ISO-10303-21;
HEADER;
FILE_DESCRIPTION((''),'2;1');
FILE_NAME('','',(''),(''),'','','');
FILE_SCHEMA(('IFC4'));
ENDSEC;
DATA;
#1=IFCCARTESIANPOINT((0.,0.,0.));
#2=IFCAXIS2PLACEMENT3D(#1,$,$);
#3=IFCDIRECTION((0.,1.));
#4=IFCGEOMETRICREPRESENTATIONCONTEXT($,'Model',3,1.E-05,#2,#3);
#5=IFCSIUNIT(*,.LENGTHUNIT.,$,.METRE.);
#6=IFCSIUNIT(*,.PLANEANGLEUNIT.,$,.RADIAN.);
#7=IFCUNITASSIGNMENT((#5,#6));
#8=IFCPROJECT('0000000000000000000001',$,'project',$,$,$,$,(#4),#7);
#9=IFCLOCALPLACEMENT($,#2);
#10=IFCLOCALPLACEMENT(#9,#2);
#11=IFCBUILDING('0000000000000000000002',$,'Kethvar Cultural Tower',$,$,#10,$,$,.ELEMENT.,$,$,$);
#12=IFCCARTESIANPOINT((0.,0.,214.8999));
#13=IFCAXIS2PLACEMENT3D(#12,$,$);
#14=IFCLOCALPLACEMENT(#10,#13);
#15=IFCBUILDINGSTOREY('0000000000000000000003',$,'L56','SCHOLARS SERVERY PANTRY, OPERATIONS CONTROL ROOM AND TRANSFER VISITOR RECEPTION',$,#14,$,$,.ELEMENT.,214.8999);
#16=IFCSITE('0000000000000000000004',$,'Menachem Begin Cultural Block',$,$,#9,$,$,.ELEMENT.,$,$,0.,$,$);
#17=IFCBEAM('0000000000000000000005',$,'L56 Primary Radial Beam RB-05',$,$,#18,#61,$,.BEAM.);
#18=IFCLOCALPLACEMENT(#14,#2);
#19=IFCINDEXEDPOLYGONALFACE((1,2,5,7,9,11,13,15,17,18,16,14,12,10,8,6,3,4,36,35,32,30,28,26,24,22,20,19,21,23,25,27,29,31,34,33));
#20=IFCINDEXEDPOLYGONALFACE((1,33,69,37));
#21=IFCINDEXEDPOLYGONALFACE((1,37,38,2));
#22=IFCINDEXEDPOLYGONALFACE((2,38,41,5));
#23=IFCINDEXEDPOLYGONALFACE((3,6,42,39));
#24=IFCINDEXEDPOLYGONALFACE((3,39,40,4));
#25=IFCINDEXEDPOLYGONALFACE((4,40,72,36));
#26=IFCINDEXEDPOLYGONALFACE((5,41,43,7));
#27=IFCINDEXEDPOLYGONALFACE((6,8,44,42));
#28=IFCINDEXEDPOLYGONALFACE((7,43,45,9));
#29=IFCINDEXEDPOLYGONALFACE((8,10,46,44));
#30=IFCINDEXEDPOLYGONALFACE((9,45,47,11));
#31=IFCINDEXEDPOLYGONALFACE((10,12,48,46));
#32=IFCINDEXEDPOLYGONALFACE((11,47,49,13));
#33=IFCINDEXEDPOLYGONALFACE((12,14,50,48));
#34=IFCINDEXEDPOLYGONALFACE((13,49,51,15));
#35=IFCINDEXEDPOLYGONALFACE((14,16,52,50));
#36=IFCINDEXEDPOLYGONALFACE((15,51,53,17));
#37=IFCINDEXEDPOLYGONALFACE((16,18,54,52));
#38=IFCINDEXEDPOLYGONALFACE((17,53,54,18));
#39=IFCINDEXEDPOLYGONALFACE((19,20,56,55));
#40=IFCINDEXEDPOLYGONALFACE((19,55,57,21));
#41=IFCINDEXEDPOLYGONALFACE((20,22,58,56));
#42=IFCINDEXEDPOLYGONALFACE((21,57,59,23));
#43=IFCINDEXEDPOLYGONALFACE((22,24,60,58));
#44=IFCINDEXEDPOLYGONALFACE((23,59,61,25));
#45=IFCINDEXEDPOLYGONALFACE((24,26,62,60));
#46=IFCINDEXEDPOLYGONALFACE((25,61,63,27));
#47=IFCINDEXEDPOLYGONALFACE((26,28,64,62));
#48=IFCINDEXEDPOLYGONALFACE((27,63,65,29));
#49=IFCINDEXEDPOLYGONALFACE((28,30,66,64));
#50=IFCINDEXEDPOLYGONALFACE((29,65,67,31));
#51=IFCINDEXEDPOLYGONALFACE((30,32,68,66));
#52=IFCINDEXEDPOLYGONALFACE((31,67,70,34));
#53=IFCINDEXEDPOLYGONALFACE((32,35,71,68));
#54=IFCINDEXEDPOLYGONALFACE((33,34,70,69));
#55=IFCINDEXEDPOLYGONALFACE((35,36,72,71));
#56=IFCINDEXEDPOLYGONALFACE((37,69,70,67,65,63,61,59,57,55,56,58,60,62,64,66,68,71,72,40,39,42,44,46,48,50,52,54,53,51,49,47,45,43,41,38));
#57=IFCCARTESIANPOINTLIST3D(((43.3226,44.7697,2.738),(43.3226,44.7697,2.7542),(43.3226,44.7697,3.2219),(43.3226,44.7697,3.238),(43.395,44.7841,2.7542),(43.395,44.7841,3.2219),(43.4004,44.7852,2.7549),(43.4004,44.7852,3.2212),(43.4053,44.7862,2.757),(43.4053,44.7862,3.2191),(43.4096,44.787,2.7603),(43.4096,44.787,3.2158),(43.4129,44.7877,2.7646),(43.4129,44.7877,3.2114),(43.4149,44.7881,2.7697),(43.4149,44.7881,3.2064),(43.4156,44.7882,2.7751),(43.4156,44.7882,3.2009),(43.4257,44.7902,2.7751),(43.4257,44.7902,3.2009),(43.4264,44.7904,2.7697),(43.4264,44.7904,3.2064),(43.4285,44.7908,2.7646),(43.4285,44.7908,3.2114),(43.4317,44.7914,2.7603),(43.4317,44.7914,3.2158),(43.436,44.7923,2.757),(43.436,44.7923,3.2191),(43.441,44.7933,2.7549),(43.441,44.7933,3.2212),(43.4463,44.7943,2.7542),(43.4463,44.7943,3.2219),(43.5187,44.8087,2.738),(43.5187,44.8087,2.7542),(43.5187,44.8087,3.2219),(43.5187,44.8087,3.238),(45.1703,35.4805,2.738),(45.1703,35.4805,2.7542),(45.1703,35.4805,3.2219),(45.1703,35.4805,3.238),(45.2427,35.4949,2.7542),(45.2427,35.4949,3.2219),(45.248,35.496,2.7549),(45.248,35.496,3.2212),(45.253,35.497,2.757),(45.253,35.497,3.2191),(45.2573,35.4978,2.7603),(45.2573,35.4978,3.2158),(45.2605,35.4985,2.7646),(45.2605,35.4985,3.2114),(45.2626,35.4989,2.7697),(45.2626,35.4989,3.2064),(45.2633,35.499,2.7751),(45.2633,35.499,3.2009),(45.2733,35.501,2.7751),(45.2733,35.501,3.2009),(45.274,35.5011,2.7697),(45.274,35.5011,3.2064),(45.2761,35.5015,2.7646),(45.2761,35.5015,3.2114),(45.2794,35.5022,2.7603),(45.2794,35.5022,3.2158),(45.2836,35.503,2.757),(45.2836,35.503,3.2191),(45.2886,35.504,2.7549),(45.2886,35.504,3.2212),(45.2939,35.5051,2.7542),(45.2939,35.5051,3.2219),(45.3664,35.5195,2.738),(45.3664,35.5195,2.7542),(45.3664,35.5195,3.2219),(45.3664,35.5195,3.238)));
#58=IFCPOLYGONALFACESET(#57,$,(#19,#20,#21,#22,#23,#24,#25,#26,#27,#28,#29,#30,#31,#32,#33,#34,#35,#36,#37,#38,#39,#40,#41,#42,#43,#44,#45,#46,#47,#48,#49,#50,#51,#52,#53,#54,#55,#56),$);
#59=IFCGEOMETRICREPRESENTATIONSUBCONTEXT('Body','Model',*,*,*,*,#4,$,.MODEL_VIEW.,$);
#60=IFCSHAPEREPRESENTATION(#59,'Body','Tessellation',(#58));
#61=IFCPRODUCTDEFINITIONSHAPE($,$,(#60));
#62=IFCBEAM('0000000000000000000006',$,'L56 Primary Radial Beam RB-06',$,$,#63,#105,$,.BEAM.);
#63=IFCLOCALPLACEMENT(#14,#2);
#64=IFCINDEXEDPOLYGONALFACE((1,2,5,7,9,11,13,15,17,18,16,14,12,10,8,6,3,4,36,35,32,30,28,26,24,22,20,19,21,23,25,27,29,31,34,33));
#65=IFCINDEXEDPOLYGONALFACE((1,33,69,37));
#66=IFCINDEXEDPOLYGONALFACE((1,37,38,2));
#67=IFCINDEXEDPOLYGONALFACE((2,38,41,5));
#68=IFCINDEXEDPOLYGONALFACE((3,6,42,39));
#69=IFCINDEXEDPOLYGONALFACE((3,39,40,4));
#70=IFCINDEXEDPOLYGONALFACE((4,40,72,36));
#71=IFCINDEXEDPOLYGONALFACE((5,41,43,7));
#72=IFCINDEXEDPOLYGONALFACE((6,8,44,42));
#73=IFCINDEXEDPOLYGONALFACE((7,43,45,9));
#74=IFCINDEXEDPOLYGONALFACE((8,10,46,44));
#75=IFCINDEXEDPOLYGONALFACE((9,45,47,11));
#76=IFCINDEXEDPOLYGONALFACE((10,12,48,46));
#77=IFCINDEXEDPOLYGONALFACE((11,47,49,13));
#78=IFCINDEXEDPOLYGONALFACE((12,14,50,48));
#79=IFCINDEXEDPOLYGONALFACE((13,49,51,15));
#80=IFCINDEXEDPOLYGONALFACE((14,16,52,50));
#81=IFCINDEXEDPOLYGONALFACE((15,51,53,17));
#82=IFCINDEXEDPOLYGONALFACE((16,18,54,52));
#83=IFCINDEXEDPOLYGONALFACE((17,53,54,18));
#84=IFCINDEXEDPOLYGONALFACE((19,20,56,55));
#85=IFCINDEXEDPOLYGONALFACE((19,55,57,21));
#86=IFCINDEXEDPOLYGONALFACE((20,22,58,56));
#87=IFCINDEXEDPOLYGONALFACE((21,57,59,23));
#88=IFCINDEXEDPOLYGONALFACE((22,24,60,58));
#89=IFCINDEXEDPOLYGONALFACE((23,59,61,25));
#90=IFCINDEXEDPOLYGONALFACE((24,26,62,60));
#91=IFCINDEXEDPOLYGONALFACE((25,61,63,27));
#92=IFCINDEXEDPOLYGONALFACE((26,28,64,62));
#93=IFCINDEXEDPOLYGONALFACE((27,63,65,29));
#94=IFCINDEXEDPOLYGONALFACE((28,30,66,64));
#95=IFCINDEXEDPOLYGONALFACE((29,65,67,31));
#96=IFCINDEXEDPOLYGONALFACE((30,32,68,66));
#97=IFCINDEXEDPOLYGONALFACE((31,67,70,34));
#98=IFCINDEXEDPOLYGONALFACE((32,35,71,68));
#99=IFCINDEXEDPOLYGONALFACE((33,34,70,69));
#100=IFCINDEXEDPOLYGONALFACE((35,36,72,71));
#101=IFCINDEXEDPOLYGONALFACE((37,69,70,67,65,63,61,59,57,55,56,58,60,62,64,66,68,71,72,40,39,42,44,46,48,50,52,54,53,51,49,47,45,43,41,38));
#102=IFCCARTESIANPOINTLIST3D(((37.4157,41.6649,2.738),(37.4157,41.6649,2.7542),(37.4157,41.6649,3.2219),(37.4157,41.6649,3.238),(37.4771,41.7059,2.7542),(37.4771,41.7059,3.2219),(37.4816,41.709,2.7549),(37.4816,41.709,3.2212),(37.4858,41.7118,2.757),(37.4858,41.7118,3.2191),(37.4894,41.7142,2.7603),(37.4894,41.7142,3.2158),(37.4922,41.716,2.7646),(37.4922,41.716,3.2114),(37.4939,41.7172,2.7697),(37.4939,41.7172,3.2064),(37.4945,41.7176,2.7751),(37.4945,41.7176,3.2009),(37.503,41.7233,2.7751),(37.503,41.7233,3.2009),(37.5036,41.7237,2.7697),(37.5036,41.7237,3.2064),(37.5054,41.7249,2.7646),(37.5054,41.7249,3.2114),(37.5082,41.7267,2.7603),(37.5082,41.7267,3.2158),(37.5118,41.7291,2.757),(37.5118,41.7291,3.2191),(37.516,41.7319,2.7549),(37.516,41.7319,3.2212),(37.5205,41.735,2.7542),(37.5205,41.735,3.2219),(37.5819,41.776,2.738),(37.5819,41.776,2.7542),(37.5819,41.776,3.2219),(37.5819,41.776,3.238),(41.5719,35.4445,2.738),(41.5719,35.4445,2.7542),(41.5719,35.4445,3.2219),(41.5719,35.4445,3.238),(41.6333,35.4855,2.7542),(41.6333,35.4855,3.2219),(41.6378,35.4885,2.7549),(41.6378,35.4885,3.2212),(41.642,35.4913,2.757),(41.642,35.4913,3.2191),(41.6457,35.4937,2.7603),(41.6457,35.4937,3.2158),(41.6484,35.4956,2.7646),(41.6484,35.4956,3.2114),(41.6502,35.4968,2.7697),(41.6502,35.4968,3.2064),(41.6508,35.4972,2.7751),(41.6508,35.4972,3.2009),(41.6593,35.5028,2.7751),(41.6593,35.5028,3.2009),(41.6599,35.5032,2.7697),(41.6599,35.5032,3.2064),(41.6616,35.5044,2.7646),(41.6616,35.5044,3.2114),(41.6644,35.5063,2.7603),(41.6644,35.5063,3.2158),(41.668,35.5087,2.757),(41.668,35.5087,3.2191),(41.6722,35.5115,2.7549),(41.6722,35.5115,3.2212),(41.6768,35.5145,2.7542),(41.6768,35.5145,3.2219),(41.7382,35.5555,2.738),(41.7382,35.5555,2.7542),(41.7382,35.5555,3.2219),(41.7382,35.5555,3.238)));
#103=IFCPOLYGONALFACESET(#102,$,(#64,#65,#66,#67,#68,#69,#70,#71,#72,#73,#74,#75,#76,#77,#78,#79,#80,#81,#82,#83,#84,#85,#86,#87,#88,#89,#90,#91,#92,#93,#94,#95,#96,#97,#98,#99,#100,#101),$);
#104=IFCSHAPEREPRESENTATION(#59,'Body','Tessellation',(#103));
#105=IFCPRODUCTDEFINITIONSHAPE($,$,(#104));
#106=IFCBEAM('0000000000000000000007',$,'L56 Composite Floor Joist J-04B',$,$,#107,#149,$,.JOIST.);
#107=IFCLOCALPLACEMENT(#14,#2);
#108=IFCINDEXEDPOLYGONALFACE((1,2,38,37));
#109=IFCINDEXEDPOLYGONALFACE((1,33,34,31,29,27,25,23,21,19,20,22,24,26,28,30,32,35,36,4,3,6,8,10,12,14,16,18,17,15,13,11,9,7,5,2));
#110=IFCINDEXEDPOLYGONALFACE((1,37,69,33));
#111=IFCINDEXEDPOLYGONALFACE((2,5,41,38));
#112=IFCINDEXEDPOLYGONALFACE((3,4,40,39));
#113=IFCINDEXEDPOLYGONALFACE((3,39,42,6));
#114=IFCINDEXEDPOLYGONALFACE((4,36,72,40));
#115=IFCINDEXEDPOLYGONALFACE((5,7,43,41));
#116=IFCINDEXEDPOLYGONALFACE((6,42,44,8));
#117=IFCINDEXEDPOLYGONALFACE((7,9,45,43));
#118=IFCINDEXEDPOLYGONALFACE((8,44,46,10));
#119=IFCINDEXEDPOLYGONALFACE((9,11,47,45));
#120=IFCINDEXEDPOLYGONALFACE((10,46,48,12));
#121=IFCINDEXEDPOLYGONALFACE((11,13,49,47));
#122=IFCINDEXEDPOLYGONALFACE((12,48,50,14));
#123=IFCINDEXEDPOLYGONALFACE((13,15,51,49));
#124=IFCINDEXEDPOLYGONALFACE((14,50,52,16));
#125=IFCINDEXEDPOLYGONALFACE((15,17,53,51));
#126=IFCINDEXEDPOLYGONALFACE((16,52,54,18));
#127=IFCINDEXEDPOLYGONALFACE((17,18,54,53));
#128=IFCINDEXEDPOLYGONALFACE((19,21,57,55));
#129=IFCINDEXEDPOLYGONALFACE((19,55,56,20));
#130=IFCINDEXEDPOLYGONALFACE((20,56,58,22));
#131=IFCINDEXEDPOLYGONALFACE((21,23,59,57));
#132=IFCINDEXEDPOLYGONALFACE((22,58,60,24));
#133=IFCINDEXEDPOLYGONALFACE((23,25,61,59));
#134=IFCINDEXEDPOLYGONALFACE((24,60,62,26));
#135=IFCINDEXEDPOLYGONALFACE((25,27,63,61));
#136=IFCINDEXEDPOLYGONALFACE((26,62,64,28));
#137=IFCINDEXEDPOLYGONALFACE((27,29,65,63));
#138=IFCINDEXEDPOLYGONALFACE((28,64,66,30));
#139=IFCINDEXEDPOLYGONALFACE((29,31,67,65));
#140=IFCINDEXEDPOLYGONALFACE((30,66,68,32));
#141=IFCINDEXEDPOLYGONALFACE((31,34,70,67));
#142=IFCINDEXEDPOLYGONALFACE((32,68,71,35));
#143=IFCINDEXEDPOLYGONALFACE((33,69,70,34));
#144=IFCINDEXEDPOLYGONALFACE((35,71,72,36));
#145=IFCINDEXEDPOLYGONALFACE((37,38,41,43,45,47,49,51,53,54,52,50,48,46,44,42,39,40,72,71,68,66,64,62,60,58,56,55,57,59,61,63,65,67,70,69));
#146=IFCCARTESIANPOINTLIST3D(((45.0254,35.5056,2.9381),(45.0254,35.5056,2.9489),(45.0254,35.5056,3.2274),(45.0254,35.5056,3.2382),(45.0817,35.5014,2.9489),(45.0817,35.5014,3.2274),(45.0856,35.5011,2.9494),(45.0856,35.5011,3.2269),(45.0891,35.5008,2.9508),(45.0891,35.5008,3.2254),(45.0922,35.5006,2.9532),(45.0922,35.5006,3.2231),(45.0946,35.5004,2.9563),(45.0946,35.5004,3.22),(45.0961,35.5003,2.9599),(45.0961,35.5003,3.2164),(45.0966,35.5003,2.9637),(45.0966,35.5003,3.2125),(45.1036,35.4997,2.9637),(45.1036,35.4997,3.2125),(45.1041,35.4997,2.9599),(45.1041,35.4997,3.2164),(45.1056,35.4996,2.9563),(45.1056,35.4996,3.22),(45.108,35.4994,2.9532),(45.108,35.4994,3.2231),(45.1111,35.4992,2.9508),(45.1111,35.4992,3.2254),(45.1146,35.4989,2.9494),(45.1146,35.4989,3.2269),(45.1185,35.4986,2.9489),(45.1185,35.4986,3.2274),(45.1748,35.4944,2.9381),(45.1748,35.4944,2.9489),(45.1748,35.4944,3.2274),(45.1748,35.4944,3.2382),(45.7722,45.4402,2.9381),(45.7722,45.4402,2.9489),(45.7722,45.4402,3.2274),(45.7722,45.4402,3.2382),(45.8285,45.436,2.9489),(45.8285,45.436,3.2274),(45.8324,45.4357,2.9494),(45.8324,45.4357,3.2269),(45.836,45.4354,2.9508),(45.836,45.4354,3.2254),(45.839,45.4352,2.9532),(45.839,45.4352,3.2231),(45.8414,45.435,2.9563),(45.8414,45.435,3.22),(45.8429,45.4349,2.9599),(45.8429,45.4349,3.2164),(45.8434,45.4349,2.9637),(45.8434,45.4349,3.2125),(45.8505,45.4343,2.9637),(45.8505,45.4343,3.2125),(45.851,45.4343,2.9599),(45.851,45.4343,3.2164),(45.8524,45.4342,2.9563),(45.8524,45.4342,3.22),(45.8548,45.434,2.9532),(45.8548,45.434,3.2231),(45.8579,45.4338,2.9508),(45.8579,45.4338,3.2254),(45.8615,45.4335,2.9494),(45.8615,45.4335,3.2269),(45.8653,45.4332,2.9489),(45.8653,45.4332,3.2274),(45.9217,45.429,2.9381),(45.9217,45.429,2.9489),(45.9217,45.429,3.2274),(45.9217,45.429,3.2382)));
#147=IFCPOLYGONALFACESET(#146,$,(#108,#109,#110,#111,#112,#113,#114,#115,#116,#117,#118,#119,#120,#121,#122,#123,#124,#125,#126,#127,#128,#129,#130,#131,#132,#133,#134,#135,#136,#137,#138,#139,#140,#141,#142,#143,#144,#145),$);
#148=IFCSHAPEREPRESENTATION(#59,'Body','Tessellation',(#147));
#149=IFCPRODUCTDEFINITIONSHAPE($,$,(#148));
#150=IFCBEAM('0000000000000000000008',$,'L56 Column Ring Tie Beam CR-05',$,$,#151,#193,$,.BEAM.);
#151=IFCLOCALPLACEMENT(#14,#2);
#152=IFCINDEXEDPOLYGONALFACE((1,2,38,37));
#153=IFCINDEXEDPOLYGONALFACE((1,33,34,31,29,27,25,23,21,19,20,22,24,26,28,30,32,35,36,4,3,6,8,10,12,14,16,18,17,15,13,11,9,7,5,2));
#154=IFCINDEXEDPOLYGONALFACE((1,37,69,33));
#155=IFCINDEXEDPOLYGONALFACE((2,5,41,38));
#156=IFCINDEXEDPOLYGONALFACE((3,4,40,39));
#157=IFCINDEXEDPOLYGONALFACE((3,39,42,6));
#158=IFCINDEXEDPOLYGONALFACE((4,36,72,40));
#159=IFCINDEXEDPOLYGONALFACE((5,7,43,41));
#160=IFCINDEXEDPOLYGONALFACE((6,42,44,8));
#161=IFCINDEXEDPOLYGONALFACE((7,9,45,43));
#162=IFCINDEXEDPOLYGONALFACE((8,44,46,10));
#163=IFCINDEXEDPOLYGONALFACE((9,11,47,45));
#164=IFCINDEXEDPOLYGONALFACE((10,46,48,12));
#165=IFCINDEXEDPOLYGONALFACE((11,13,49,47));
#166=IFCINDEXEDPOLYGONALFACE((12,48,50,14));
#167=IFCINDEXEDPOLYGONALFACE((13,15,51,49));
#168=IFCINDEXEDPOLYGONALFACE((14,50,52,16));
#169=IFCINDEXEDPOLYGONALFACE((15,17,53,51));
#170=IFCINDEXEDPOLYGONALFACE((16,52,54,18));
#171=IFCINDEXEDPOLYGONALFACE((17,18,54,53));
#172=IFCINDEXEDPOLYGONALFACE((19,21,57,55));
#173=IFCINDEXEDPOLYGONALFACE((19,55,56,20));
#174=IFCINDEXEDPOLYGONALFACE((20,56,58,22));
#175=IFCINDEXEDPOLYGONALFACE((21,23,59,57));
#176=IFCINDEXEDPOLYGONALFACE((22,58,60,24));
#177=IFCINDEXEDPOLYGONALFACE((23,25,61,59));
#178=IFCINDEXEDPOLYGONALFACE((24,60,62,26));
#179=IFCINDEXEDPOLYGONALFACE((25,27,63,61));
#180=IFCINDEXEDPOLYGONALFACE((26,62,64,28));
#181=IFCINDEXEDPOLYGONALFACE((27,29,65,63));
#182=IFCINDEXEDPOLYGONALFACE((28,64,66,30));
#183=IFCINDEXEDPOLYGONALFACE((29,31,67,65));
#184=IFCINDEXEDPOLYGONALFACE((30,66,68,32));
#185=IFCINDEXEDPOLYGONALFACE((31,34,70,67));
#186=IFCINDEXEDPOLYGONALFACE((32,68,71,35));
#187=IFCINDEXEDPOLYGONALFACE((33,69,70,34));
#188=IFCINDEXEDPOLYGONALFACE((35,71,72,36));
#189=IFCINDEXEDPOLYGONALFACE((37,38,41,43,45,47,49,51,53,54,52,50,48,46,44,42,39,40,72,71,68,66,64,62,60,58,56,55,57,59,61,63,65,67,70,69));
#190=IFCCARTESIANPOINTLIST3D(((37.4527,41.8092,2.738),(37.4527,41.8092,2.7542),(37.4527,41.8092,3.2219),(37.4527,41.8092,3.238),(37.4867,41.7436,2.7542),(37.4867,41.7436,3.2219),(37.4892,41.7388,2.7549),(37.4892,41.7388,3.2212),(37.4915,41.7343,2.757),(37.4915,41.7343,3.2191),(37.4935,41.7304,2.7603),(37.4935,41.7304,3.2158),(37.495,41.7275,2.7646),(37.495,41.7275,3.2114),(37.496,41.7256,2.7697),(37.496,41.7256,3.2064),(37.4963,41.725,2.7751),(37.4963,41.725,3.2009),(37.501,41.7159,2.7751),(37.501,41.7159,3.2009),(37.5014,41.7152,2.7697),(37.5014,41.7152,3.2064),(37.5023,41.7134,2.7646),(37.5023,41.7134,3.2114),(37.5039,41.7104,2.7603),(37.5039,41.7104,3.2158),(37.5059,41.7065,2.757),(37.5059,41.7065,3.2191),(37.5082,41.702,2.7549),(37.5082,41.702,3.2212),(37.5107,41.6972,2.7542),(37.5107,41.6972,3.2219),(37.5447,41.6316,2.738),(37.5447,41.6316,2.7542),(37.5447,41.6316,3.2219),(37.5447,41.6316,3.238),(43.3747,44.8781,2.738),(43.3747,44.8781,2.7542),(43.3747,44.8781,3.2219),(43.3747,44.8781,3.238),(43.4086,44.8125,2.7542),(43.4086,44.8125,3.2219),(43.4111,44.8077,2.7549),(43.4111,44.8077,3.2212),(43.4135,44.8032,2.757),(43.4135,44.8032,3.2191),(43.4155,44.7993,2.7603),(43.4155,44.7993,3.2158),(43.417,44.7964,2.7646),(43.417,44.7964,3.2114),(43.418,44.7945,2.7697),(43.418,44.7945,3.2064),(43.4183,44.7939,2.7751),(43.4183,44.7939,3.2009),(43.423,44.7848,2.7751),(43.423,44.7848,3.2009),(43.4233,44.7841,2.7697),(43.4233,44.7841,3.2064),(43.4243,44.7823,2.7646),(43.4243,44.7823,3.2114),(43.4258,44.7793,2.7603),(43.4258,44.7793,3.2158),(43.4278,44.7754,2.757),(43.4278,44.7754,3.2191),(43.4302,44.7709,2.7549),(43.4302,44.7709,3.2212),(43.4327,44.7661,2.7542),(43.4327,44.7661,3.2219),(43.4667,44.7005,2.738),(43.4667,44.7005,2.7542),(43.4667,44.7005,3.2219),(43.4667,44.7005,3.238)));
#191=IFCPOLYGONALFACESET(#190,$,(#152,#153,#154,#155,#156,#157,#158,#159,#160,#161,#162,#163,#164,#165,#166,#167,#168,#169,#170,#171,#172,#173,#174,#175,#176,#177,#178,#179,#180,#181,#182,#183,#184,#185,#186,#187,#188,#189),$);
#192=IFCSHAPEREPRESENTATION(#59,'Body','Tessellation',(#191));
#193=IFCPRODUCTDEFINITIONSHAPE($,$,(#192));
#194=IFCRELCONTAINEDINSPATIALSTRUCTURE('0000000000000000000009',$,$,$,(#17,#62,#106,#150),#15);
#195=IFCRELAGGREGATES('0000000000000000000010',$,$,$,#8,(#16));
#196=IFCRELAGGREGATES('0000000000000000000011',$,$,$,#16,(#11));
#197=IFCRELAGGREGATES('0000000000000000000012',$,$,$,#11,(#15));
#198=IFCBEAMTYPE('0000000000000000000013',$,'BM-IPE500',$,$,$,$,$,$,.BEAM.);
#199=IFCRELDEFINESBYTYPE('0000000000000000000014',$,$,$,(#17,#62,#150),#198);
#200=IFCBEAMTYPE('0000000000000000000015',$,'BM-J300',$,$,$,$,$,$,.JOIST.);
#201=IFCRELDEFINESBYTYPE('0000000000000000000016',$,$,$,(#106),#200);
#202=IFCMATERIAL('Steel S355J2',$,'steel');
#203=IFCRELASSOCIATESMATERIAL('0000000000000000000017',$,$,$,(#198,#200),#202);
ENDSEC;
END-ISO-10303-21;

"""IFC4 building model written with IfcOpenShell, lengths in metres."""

from ifc_helpers import new_model, si_unit, direction, frame, origin, origin_2d, place, context, subcontext, project, spatial, i_section, extrude, source, transform, mapped, material, material_profile, profile_set, type_object, element, save


model = new_model("IFC4")

# Units and contexts
model_context = context("Model", 3, precision=1e-05, world=origin(), true_north=direction((0.0, 1.0)))
body_context = subcontext(model_context, "Body", "Model", "MODEL_VIEW")
ifc_project = project(units=[si_unit("LENGTHUNIT", "METRE"), si_unit("PLANEANGLEUNIT", "RADIAN")], contexts=[model_context])

# Site, building, storey
site_placement = place(None, origin())
site = spatial("IfcSite", under=ifc_project, at=site_placement, Name="Menachem Begin Cultural Block", CompositionType="ELEMENT", RefElevation=0.0)
building_placement = place(site_placement, origin())
building = spatial("IfcBuilding", under=site, at=building_placement, Name="Kethvar Cultural Tower", CompositionType="ELEMENT")
storey_placement = place(building_placement, frame((0.0, 0.0, 214.8999)))
storey = spatial("IfcBuildingStorey", under=building, at=storey_placement, Name="L56", Description="SCHOLARS SERVERY PANTRY, OPERATIONS CONTROL ROOM AND TRANSFER VISITOR RECEPTION", CompositionType="ELEMENT", Elevation=214.8999)

# Beams
ifc_material_1 = material(Name="Steel S355J2", Category="steel")
ifc_material_profile_1 = material_profile(ifc_material_1, i_section(OverallWidth=0.2, OverallDepth=0.5, WebThickness=0.0103, FlangeThickness=0.0161, FilletRadius=0.021, at=origin_2d()), Name="Steel S355J2 — IPE500")
ifc_profile_set_1 = profile_set([ifc_material_profile_1], Name="Steel S355J2 — IPE500")
beam_type_1 = type_object("IfcBeamType", Name="BM-IPE500", PredefinedType="BEAM", material=ifc_profile_set_1)
shared_shape_1 = source(origin(), body_context, "Body", "SweptSolid", [
    extrude(i_section(OverallWidth=0.2, OverallDepth=0.5, WebThickness=0.0103, FlangeThickness=0.0161, FilletRadius=0.021, at=origin_2d()), origin(), (0.0, 0.0, 1.0), 9.4712),
])
beam_1_placement = place(storey_placement, frame((45.2683, 35.5, 2.988), z_axis=(-0.19508, 0.980787, 0.0), x_axis=(-0.980787, -0.19508, 0.0)))
element("IfcBeam", 1, at=beam_1_placement, inside=storey, type_object=beam_type_1, Name="L56 Primary Radial Beam RB-05", PredefinedType="BEAM", context=body_context, shape_type="MappedRepresentation", body=[
    mapped(shared_shape_1, transform((0.0, 0.0, 0.0), scale=1.0)),
])
shared_shape_2 = source(origin(), body_context, "Body", "SweptSolid", [
    extrude(i_section(OverallWidth=0.2, OverallDepth=0.5, WebThickness=0.0103, FlangeThickness=0.0161, FilletRadius=0.021, at=origin_2d()), origin(), (0.0, 0.0, 1.0), 7.4812),
])
beam_2_placement = place(storey_placement, frame((41.655, 35.5, 2.988), z_axis=(-0.555558, 0.831478, 0.0), x_axis=(-0.831478, -0.555558, 0.0)))
element("IfcBeam", 2, at=beam_2_placement, inside=storey, type_object=beam_type_1, Name="L56 Primary Radial Beam RB-06", PredefinedType="BEAM", context=body_context, shape_type="MappedRepresentation", body=[
    mapped(shared_shape_2, transform((0.0, 0.0, 0.0), scale=1.0)),
])
ifc_material_profile_2 = material_profile(ifc_material_1, i_section(OverallWidth=0.1499, OverallDepth=0.3, WebThickness=0.0071, FlangeThickness=0.0107, FilletRadius=0.0149, at=origin_2d()), Name="Steel S355J2 — IPE300")
ifc_profile_set_2 = profile_set([ifc_material_profile_2], Name="Steel S355J2 — IPE300")
beam_type_2 = type_object("IfcBeamType", Name="BM-J300", PredefinedType="JOIST", material=ifc_profile_set_2)
shared_shape_3 = source(origin(), body_context, "Body", "SweptSolid", [
    extrude(i_section(OverallWidth=0.1499, OverallDepth=0.3, WebThickness=0.0071, FlangeThickness=0.0107, FilletRadius=0.0149, at=origin_2d()), origin(), (0.0, 0.0, 1.0), 9.9626),
])
beam_3_placement = place(storey_placement, frame((45.1001, 35.5, 3.0881), z_axis=(0.074963, 0.997186, 0.0), x_axis=(-0.997186, 0.074963, 0.0)))
element("IfcBeam", 3, at=beam_3_placement, inside=storey, type_object=beam_type_2, Name="L56 Composite Floor Joist J-04B", PredefinedType="JOIST", context=body_context, shape_type="MappedRepresentation", body=[
    mapped(shared_shape_3, transform((0.0, 0.0, 0.0), scale=1.0)),
])
shared_shape_4 = source(origin(), body_context, "Body", "SweptSolid", [
    extrude(i_section(OverallWidth=0.2, OverallDepth=0.5, WebThickness=0.0103, FlangeThickness=0.0161, FilletRadius=0.021, at=origin_2d()), origin(), (0.0, 0.0, 1.0), 6.6699),
])
beam_4_placement = place(storey_placement, frame((43.4207, 44.7893, 2.988), z_axis=(-0.887862, -0.46011, 0.0), x_axis=(0.46011, -0.887862, 0.0)))
element("IfcBeam", 4, at=beam_4_placement, inside=storey, type_object=beam_type_1, Name="L56 Column Ring Tie Beam CR-05", PredefinedType="BEAM", context=body_context, shape_type="MappedRepresentation", body=[
    mapped(shared_shape_4, transform((0.0, 0.0, 0.0), scale=1.0)),
])

save(model, "model.ifc")
